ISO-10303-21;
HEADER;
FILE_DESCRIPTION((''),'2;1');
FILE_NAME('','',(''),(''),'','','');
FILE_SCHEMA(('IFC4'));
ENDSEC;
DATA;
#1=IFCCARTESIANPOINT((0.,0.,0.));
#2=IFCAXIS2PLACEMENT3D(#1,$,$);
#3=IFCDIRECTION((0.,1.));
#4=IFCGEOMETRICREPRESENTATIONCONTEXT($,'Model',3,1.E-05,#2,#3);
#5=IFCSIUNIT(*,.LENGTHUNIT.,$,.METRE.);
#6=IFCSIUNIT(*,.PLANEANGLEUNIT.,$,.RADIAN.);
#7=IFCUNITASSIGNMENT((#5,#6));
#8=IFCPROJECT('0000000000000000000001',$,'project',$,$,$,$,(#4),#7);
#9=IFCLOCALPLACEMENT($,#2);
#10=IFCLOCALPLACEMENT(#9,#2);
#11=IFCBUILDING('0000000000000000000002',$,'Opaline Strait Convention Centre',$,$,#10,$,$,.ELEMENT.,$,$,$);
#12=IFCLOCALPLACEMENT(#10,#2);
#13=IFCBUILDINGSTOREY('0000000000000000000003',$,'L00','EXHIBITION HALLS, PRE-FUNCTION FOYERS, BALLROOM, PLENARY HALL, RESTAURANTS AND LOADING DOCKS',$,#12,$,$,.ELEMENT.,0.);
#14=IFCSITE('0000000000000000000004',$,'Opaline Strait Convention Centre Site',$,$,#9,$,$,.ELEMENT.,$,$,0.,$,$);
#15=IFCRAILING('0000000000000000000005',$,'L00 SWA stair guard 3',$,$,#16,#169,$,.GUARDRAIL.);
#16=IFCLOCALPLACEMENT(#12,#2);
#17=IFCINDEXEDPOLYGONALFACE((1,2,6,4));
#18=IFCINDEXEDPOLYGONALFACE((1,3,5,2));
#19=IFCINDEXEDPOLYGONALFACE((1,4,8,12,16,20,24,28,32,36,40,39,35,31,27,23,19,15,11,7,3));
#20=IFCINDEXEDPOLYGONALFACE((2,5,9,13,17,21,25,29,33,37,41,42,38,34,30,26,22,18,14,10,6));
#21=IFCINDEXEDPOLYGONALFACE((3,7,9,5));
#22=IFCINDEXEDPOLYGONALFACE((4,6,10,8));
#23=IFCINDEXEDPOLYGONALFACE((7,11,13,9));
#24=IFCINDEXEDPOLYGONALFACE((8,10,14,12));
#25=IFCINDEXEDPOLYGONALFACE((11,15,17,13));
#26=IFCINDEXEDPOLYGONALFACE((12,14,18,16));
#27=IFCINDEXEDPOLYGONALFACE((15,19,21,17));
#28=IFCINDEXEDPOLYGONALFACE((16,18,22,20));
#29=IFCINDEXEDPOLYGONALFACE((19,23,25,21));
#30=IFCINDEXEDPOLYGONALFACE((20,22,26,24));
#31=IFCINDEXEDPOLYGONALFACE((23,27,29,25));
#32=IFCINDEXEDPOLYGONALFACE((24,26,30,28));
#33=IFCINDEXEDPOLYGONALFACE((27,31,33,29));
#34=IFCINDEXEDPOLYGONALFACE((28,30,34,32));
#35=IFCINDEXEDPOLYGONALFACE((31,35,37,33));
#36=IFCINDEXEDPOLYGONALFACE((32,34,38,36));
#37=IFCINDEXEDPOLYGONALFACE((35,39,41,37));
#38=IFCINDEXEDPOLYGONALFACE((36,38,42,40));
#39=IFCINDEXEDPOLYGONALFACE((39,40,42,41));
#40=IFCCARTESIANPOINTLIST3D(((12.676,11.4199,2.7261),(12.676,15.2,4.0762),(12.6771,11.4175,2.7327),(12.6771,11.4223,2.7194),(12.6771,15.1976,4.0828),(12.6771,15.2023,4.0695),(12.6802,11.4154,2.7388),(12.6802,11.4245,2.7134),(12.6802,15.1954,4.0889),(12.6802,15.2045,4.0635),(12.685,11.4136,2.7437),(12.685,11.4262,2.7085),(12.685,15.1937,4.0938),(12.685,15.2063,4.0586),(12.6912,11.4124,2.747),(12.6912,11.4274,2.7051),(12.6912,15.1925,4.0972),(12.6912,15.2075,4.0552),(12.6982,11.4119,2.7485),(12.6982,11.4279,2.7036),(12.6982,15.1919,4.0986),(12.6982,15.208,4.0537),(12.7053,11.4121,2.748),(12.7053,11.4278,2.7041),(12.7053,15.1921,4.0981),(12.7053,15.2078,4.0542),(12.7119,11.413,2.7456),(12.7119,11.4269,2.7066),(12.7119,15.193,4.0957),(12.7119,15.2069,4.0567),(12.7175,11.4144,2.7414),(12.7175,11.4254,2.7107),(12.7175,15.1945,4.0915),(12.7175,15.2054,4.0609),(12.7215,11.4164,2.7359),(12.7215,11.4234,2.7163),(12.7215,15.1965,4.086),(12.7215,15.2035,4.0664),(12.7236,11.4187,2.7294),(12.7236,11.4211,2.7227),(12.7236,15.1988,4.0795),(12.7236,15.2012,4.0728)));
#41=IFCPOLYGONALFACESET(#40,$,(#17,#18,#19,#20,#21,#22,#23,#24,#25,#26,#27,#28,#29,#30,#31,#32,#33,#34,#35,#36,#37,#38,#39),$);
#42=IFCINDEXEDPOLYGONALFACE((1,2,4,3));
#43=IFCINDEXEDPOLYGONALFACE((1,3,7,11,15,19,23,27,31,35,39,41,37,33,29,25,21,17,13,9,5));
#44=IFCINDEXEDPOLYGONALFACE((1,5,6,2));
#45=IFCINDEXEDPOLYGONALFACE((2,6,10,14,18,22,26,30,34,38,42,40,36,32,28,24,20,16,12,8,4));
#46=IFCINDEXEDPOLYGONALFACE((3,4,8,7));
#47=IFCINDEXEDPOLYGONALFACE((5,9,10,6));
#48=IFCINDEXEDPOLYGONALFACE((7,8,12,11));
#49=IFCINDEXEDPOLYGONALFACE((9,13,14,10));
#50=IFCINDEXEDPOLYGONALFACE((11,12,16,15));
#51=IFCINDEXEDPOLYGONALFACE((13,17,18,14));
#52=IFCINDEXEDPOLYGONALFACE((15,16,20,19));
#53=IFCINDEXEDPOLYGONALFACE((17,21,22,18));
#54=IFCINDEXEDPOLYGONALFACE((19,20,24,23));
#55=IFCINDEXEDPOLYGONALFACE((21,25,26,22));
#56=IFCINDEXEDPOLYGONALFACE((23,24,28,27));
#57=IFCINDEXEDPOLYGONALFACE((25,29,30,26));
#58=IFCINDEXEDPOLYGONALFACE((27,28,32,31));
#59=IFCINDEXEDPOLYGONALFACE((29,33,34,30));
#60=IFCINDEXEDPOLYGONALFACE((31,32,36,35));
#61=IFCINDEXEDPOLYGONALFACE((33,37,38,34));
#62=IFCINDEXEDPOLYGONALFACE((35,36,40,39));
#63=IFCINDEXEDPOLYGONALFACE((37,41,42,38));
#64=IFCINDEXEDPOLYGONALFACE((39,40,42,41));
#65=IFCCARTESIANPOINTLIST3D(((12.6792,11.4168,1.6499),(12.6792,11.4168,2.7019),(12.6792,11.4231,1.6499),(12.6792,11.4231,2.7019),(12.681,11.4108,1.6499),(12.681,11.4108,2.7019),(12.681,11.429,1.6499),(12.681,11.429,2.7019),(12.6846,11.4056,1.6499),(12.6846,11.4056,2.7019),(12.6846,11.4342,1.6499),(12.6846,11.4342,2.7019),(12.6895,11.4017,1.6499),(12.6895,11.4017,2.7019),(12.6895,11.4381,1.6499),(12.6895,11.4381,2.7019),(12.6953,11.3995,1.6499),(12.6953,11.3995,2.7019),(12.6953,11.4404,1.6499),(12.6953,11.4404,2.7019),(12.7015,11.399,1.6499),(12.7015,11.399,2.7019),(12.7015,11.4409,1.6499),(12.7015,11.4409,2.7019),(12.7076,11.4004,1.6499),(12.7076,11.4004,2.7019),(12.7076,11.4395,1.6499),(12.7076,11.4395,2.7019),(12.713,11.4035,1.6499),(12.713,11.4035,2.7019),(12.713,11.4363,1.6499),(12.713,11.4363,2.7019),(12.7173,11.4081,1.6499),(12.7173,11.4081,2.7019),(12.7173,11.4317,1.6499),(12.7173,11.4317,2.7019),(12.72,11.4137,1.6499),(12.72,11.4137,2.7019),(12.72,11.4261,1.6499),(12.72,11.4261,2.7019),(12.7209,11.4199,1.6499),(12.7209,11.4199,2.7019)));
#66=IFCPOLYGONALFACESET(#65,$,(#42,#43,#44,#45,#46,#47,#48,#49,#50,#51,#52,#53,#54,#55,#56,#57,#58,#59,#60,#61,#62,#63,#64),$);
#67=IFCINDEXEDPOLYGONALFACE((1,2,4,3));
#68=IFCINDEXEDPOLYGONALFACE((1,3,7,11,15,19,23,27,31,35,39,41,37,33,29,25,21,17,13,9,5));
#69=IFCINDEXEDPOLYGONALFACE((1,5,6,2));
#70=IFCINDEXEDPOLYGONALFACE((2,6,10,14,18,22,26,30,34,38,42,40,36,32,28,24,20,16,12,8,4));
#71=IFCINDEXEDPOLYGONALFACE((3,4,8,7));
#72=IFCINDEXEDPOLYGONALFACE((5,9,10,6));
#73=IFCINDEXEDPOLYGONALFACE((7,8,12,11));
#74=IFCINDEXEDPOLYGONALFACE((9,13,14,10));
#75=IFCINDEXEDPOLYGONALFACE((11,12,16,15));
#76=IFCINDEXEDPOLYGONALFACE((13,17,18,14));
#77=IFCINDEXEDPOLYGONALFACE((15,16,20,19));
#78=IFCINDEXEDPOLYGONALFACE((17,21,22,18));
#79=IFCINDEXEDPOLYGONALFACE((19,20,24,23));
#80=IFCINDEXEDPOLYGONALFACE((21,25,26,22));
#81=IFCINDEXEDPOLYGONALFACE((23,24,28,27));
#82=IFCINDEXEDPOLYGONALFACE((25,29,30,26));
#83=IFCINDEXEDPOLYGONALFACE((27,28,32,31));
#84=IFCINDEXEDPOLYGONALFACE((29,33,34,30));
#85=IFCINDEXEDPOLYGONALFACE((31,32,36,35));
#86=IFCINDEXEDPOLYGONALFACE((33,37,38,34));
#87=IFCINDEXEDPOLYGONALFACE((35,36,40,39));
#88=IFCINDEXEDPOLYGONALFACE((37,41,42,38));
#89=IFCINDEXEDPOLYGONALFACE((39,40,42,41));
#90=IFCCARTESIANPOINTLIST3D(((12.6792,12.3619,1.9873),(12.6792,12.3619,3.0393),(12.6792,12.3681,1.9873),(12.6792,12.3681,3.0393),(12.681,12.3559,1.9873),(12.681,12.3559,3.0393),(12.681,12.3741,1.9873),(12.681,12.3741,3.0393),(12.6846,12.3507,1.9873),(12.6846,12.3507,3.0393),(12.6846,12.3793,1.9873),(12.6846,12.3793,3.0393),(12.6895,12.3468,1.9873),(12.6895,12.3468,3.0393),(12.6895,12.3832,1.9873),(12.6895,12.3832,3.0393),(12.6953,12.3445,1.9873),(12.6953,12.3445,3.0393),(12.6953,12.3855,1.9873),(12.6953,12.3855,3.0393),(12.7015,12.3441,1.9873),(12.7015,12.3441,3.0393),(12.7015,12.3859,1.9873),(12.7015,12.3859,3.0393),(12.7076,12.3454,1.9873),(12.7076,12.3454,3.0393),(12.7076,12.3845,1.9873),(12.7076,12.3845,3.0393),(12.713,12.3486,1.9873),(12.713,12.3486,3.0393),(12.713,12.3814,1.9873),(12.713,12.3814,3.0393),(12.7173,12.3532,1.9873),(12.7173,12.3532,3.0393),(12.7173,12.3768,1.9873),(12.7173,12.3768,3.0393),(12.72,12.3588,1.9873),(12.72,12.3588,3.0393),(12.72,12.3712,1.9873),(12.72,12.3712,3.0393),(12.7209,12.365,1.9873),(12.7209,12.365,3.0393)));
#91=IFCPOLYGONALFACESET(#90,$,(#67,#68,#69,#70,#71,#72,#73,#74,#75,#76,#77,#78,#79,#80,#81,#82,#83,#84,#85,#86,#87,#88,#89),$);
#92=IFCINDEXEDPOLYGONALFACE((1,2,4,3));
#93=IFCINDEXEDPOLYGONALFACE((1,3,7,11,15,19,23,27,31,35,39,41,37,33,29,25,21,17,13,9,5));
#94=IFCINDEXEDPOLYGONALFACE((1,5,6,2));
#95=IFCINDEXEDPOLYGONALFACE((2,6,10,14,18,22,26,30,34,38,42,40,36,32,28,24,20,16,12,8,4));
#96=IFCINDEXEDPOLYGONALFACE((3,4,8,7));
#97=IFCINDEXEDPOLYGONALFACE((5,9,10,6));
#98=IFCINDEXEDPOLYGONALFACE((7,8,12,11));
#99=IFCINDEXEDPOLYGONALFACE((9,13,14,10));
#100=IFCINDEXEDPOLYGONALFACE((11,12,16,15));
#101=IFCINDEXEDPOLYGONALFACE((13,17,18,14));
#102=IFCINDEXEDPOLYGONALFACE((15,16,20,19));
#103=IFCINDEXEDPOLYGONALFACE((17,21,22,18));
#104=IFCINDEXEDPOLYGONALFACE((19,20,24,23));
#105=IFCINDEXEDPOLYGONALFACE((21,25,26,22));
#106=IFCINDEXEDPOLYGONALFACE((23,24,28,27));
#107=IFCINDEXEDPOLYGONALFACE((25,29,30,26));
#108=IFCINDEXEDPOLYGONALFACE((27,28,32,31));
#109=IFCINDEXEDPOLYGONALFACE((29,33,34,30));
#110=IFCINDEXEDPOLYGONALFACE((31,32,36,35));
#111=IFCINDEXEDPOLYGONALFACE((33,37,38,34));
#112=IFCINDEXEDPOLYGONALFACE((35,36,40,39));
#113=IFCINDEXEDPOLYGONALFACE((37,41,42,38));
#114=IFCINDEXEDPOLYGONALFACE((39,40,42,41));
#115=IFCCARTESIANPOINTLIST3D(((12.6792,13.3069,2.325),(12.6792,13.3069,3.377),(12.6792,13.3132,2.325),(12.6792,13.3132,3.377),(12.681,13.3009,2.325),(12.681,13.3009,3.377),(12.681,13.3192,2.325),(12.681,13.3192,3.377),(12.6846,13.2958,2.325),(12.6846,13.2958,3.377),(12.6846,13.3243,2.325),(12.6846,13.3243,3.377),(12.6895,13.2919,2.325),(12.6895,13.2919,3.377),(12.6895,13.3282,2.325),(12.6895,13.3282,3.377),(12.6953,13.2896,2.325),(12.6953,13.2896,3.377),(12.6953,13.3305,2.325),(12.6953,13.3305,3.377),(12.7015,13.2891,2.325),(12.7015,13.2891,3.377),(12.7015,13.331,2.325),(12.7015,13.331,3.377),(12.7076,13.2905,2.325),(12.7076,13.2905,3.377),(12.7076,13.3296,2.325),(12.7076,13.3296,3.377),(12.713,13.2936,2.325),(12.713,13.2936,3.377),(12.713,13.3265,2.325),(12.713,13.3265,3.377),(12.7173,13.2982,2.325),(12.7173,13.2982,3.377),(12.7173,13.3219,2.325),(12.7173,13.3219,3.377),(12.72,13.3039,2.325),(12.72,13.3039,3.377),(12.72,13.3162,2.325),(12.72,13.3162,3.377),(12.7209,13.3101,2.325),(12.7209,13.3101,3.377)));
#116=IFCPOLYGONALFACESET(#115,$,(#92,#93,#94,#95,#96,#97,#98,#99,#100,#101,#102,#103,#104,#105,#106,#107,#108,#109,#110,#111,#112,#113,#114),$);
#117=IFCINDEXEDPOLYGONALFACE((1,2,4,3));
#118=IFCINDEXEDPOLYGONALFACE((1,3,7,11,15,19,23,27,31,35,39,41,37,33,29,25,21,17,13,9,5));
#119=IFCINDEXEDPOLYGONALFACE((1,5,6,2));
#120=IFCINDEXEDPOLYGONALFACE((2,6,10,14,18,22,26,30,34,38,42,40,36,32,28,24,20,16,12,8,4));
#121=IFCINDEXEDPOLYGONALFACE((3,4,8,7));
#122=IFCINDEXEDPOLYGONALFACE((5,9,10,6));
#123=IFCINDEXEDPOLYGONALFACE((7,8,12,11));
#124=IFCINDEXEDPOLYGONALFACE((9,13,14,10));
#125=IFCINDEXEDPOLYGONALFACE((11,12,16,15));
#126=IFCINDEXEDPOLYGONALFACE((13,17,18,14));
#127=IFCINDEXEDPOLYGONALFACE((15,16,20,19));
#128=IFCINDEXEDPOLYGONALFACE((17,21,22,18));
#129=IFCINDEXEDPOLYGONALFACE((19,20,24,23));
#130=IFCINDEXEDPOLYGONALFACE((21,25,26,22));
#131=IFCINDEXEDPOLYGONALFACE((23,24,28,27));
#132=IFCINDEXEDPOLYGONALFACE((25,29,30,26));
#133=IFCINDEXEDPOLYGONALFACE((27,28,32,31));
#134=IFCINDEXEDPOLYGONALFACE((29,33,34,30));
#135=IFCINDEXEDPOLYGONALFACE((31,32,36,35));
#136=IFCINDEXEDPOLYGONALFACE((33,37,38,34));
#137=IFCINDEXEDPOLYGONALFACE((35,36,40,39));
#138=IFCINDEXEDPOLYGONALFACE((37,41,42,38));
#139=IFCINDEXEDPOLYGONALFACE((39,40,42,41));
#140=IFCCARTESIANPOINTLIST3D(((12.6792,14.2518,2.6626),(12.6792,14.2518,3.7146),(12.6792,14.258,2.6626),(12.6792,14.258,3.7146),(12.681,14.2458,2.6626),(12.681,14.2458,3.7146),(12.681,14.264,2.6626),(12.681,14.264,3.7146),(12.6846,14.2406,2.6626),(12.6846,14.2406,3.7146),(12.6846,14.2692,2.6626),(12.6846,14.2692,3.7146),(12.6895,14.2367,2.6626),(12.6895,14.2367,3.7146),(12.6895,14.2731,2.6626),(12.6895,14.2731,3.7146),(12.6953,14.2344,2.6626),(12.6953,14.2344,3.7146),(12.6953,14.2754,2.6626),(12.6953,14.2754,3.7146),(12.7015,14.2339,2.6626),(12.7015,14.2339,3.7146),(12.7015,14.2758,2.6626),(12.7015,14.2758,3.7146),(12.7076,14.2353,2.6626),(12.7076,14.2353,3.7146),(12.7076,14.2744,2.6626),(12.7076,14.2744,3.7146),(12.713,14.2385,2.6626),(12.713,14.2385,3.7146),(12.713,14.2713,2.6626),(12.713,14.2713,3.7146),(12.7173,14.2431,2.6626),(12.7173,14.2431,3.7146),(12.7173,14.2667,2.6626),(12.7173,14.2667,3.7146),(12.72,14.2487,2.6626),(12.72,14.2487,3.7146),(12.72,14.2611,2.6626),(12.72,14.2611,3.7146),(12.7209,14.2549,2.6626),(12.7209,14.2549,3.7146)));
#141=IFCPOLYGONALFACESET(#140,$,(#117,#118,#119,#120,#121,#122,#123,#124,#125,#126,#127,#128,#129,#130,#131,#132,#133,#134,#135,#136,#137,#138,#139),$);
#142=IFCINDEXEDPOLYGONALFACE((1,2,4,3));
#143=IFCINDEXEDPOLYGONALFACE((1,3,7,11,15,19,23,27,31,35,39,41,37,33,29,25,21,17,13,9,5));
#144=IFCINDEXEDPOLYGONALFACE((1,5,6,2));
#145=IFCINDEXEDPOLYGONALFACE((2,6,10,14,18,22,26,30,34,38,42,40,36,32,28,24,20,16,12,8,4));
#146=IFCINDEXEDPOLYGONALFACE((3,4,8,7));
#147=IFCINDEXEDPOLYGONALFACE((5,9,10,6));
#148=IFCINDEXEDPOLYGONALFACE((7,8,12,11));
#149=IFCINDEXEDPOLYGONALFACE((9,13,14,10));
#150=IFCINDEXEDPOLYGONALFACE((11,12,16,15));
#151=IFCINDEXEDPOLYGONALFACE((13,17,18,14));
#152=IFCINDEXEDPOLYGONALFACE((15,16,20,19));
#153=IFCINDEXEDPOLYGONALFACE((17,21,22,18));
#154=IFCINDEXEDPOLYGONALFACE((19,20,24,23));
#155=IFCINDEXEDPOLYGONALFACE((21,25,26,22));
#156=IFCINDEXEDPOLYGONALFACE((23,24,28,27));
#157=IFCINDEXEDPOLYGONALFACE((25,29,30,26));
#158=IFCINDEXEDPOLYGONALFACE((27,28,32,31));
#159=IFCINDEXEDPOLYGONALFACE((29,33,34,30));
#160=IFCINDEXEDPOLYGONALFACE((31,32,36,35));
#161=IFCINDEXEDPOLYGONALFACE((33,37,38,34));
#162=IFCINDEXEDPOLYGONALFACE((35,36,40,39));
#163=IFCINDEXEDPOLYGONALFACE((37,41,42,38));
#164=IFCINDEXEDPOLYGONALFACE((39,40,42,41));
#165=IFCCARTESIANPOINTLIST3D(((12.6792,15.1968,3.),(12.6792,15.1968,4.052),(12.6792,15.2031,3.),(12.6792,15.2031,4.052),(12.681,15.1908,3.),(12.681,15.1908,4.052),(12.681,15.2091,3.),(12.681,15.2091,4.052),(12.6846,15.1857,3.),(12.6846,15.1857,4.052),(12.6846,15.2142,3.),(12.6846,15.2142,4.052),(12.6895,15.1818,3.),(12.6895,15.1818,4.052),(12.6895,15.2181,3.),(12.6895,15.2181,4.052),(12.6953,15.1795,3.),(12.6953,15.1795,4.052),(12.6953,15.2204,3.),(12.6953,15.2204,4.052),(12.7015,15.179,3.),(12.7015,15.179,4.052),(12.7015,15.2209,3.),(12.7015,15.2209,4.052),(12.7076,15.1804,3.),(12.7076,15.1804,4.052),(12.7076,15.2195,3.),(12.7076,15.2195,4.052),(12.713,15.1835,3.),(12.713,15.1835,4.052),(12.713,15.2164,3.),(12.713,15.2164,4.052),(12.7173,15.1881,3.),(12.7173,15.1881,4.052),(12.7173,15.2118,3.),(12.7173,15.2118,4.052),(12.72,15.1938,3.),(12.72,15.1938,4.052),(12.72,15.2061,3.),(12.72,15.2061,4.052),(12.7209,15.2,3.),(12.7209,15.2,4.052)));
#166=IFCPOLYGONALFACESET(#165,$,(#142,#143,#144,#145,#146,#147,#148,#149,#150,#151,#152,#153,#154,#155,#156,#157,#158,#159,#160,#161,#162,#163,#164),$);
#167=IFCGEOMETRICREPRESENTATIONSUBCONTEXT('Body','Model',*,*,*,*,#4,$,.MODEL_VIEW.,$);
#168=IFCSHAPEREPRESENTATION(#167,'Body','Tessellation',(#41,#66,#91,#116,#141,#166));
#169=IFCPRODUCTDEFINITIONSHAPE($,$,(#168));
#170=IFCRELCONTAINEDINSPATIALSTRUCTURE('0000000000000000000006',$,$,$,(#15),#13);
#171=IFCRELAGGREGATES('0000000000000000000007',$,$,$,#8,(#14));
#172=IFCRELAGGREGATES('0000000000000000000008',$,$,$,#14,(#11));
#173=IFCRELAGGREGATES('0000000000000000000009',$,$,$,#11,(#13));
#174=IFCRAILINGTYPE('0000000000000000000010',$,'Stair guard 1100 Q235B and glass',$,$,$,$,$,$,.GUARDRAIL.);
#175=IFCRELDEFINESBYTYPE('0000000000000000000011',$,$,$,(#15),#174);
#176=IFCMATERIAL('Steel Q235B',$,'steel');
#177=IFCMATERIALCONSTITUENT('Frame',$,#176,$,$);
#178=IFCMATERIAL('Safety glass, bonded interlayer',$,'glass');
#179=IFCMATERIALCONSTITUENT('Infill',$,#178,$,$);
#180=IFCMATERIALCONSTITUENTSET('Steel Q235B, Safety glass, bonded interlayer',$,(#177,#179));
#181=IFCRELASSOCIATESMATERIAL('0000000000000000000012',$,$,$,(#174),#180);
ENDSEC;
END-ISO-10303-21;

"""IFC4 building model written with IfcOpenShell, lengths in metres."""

from ifc_helpers import new_model, si_unit, direction, frame, origin, origin_2d, place, context, subcontext, project, spatial, circle, extrude, material, constituent, constituent_set, type_object, element, save


model = new_model("IFC4")

# Units and contexts
model_context = context("Model", 3, precision=1e-05, world=origin(), true_north=direction((0.0, 1.0)))
body_context = subcontext(model_context, "Body", "Model", "MODEL_VIEW")
ifc_project = project(units=[si_unit("LENGTHUNIT", "METRE"), si_unit("PLANEANGLEUNIT", "RADIAN")], contexts=[model_context])

# Site, building, storey
site_placement = place(None, origin())
site = spatial("IfcSite", under=ifc_project, at=site_placement, Name="Opaline Strait Convention Centre Site", CompositionType="ELEMENT", RefElevation=0.0)
building_placement = place(site_placement, origin())
building = spatial("IfcBuilding", under=site, at=building_placement, Name="Opaline Strait Convention Centre", CompositionType="ELEMENT")
storey_placement = place(building_placement, origin())
storey = spatial("IfcBuildingStorey", under=building, at=storey_placement, Name="L00", Description="EXHIBITION HALLS, PRE-FUNCTION FOYERS, BALLROOM, PLENARY HALL, RESTAURANTS AND LOADING DOCKS", CompositionType="ELEMENT", Elevation=0.0)

# Railing
ifc_material_1 = material(Name="Steel Q235B", Category="steel")
ifc_constituent_1 = constituent(ifc_material_1, Name="Frame")
ifc_material_2 = material(Name="Safety glass, bonded interlayer", Category="glass")
ifc_constituent_2 = constituent(ifc_material_2, Name="Infill")
ifc_constituent_set = constituent_set(constituents=[ifc_constituent_1, ifc_constituent_2], Name="Steel Q235B, Safety glass, bonded interlayer")
railing_type_1 = type_object("IfcRailingType", Name="Stair guard 1100 Q235B and glass", PredefinedType="GUARDRAIL", material=ifc_constituent_set)
railing_1_placement = place(storey_placement, frame((12.7, 11.4199, 1.6499)))
element("IfcRailing", 1, at=railing_1_placement, inside=storey, type_object=railing_type_1, Name="L00 SWA stair guard 3", PredefinedType="GUARDRAIL", context=body_context, shape_type="SweptSolid", body=[
    extrude(circle(Radius=0.0239, at=origin_2d()), frame((0.0, 0.0, 1.0762), z_axis=(0.0, 0.941735, 0.336356), x_axis=(-1.0, 0.0, 0.0)), (0.0, 0.0, 1.0), 4.0139),
    extrude(circle(Radius=0.021, at=origin_2d()), origin(), (0.0, 0.0, 1.0), 1.052),
    extrude(circle(Radius=0.021, at=origin_2d()), frame((0.0, 0.9451, 0.3374)), (0.0, 0.0, 1.0), 1.052),
    extrude(circle(Radius=0.021, at=origin_2d()), frame((0.0, 1.8901, 0.675)), (0.0, 0.0, 1.0), 1.052),
    extrude(circle(Radius=0.021, at=origin_2d()), frame((0.0, 2.835, 1.0127)), (0.0, 0.0, 1.0), 1.052),
    extrude(circle(Radius=0.021, at=origin_2d()), frame((0.0, 3.78, 1.3501)), (0.0, 0.0, 1.0), 1.052),
])

save(model, "model.ifc")
